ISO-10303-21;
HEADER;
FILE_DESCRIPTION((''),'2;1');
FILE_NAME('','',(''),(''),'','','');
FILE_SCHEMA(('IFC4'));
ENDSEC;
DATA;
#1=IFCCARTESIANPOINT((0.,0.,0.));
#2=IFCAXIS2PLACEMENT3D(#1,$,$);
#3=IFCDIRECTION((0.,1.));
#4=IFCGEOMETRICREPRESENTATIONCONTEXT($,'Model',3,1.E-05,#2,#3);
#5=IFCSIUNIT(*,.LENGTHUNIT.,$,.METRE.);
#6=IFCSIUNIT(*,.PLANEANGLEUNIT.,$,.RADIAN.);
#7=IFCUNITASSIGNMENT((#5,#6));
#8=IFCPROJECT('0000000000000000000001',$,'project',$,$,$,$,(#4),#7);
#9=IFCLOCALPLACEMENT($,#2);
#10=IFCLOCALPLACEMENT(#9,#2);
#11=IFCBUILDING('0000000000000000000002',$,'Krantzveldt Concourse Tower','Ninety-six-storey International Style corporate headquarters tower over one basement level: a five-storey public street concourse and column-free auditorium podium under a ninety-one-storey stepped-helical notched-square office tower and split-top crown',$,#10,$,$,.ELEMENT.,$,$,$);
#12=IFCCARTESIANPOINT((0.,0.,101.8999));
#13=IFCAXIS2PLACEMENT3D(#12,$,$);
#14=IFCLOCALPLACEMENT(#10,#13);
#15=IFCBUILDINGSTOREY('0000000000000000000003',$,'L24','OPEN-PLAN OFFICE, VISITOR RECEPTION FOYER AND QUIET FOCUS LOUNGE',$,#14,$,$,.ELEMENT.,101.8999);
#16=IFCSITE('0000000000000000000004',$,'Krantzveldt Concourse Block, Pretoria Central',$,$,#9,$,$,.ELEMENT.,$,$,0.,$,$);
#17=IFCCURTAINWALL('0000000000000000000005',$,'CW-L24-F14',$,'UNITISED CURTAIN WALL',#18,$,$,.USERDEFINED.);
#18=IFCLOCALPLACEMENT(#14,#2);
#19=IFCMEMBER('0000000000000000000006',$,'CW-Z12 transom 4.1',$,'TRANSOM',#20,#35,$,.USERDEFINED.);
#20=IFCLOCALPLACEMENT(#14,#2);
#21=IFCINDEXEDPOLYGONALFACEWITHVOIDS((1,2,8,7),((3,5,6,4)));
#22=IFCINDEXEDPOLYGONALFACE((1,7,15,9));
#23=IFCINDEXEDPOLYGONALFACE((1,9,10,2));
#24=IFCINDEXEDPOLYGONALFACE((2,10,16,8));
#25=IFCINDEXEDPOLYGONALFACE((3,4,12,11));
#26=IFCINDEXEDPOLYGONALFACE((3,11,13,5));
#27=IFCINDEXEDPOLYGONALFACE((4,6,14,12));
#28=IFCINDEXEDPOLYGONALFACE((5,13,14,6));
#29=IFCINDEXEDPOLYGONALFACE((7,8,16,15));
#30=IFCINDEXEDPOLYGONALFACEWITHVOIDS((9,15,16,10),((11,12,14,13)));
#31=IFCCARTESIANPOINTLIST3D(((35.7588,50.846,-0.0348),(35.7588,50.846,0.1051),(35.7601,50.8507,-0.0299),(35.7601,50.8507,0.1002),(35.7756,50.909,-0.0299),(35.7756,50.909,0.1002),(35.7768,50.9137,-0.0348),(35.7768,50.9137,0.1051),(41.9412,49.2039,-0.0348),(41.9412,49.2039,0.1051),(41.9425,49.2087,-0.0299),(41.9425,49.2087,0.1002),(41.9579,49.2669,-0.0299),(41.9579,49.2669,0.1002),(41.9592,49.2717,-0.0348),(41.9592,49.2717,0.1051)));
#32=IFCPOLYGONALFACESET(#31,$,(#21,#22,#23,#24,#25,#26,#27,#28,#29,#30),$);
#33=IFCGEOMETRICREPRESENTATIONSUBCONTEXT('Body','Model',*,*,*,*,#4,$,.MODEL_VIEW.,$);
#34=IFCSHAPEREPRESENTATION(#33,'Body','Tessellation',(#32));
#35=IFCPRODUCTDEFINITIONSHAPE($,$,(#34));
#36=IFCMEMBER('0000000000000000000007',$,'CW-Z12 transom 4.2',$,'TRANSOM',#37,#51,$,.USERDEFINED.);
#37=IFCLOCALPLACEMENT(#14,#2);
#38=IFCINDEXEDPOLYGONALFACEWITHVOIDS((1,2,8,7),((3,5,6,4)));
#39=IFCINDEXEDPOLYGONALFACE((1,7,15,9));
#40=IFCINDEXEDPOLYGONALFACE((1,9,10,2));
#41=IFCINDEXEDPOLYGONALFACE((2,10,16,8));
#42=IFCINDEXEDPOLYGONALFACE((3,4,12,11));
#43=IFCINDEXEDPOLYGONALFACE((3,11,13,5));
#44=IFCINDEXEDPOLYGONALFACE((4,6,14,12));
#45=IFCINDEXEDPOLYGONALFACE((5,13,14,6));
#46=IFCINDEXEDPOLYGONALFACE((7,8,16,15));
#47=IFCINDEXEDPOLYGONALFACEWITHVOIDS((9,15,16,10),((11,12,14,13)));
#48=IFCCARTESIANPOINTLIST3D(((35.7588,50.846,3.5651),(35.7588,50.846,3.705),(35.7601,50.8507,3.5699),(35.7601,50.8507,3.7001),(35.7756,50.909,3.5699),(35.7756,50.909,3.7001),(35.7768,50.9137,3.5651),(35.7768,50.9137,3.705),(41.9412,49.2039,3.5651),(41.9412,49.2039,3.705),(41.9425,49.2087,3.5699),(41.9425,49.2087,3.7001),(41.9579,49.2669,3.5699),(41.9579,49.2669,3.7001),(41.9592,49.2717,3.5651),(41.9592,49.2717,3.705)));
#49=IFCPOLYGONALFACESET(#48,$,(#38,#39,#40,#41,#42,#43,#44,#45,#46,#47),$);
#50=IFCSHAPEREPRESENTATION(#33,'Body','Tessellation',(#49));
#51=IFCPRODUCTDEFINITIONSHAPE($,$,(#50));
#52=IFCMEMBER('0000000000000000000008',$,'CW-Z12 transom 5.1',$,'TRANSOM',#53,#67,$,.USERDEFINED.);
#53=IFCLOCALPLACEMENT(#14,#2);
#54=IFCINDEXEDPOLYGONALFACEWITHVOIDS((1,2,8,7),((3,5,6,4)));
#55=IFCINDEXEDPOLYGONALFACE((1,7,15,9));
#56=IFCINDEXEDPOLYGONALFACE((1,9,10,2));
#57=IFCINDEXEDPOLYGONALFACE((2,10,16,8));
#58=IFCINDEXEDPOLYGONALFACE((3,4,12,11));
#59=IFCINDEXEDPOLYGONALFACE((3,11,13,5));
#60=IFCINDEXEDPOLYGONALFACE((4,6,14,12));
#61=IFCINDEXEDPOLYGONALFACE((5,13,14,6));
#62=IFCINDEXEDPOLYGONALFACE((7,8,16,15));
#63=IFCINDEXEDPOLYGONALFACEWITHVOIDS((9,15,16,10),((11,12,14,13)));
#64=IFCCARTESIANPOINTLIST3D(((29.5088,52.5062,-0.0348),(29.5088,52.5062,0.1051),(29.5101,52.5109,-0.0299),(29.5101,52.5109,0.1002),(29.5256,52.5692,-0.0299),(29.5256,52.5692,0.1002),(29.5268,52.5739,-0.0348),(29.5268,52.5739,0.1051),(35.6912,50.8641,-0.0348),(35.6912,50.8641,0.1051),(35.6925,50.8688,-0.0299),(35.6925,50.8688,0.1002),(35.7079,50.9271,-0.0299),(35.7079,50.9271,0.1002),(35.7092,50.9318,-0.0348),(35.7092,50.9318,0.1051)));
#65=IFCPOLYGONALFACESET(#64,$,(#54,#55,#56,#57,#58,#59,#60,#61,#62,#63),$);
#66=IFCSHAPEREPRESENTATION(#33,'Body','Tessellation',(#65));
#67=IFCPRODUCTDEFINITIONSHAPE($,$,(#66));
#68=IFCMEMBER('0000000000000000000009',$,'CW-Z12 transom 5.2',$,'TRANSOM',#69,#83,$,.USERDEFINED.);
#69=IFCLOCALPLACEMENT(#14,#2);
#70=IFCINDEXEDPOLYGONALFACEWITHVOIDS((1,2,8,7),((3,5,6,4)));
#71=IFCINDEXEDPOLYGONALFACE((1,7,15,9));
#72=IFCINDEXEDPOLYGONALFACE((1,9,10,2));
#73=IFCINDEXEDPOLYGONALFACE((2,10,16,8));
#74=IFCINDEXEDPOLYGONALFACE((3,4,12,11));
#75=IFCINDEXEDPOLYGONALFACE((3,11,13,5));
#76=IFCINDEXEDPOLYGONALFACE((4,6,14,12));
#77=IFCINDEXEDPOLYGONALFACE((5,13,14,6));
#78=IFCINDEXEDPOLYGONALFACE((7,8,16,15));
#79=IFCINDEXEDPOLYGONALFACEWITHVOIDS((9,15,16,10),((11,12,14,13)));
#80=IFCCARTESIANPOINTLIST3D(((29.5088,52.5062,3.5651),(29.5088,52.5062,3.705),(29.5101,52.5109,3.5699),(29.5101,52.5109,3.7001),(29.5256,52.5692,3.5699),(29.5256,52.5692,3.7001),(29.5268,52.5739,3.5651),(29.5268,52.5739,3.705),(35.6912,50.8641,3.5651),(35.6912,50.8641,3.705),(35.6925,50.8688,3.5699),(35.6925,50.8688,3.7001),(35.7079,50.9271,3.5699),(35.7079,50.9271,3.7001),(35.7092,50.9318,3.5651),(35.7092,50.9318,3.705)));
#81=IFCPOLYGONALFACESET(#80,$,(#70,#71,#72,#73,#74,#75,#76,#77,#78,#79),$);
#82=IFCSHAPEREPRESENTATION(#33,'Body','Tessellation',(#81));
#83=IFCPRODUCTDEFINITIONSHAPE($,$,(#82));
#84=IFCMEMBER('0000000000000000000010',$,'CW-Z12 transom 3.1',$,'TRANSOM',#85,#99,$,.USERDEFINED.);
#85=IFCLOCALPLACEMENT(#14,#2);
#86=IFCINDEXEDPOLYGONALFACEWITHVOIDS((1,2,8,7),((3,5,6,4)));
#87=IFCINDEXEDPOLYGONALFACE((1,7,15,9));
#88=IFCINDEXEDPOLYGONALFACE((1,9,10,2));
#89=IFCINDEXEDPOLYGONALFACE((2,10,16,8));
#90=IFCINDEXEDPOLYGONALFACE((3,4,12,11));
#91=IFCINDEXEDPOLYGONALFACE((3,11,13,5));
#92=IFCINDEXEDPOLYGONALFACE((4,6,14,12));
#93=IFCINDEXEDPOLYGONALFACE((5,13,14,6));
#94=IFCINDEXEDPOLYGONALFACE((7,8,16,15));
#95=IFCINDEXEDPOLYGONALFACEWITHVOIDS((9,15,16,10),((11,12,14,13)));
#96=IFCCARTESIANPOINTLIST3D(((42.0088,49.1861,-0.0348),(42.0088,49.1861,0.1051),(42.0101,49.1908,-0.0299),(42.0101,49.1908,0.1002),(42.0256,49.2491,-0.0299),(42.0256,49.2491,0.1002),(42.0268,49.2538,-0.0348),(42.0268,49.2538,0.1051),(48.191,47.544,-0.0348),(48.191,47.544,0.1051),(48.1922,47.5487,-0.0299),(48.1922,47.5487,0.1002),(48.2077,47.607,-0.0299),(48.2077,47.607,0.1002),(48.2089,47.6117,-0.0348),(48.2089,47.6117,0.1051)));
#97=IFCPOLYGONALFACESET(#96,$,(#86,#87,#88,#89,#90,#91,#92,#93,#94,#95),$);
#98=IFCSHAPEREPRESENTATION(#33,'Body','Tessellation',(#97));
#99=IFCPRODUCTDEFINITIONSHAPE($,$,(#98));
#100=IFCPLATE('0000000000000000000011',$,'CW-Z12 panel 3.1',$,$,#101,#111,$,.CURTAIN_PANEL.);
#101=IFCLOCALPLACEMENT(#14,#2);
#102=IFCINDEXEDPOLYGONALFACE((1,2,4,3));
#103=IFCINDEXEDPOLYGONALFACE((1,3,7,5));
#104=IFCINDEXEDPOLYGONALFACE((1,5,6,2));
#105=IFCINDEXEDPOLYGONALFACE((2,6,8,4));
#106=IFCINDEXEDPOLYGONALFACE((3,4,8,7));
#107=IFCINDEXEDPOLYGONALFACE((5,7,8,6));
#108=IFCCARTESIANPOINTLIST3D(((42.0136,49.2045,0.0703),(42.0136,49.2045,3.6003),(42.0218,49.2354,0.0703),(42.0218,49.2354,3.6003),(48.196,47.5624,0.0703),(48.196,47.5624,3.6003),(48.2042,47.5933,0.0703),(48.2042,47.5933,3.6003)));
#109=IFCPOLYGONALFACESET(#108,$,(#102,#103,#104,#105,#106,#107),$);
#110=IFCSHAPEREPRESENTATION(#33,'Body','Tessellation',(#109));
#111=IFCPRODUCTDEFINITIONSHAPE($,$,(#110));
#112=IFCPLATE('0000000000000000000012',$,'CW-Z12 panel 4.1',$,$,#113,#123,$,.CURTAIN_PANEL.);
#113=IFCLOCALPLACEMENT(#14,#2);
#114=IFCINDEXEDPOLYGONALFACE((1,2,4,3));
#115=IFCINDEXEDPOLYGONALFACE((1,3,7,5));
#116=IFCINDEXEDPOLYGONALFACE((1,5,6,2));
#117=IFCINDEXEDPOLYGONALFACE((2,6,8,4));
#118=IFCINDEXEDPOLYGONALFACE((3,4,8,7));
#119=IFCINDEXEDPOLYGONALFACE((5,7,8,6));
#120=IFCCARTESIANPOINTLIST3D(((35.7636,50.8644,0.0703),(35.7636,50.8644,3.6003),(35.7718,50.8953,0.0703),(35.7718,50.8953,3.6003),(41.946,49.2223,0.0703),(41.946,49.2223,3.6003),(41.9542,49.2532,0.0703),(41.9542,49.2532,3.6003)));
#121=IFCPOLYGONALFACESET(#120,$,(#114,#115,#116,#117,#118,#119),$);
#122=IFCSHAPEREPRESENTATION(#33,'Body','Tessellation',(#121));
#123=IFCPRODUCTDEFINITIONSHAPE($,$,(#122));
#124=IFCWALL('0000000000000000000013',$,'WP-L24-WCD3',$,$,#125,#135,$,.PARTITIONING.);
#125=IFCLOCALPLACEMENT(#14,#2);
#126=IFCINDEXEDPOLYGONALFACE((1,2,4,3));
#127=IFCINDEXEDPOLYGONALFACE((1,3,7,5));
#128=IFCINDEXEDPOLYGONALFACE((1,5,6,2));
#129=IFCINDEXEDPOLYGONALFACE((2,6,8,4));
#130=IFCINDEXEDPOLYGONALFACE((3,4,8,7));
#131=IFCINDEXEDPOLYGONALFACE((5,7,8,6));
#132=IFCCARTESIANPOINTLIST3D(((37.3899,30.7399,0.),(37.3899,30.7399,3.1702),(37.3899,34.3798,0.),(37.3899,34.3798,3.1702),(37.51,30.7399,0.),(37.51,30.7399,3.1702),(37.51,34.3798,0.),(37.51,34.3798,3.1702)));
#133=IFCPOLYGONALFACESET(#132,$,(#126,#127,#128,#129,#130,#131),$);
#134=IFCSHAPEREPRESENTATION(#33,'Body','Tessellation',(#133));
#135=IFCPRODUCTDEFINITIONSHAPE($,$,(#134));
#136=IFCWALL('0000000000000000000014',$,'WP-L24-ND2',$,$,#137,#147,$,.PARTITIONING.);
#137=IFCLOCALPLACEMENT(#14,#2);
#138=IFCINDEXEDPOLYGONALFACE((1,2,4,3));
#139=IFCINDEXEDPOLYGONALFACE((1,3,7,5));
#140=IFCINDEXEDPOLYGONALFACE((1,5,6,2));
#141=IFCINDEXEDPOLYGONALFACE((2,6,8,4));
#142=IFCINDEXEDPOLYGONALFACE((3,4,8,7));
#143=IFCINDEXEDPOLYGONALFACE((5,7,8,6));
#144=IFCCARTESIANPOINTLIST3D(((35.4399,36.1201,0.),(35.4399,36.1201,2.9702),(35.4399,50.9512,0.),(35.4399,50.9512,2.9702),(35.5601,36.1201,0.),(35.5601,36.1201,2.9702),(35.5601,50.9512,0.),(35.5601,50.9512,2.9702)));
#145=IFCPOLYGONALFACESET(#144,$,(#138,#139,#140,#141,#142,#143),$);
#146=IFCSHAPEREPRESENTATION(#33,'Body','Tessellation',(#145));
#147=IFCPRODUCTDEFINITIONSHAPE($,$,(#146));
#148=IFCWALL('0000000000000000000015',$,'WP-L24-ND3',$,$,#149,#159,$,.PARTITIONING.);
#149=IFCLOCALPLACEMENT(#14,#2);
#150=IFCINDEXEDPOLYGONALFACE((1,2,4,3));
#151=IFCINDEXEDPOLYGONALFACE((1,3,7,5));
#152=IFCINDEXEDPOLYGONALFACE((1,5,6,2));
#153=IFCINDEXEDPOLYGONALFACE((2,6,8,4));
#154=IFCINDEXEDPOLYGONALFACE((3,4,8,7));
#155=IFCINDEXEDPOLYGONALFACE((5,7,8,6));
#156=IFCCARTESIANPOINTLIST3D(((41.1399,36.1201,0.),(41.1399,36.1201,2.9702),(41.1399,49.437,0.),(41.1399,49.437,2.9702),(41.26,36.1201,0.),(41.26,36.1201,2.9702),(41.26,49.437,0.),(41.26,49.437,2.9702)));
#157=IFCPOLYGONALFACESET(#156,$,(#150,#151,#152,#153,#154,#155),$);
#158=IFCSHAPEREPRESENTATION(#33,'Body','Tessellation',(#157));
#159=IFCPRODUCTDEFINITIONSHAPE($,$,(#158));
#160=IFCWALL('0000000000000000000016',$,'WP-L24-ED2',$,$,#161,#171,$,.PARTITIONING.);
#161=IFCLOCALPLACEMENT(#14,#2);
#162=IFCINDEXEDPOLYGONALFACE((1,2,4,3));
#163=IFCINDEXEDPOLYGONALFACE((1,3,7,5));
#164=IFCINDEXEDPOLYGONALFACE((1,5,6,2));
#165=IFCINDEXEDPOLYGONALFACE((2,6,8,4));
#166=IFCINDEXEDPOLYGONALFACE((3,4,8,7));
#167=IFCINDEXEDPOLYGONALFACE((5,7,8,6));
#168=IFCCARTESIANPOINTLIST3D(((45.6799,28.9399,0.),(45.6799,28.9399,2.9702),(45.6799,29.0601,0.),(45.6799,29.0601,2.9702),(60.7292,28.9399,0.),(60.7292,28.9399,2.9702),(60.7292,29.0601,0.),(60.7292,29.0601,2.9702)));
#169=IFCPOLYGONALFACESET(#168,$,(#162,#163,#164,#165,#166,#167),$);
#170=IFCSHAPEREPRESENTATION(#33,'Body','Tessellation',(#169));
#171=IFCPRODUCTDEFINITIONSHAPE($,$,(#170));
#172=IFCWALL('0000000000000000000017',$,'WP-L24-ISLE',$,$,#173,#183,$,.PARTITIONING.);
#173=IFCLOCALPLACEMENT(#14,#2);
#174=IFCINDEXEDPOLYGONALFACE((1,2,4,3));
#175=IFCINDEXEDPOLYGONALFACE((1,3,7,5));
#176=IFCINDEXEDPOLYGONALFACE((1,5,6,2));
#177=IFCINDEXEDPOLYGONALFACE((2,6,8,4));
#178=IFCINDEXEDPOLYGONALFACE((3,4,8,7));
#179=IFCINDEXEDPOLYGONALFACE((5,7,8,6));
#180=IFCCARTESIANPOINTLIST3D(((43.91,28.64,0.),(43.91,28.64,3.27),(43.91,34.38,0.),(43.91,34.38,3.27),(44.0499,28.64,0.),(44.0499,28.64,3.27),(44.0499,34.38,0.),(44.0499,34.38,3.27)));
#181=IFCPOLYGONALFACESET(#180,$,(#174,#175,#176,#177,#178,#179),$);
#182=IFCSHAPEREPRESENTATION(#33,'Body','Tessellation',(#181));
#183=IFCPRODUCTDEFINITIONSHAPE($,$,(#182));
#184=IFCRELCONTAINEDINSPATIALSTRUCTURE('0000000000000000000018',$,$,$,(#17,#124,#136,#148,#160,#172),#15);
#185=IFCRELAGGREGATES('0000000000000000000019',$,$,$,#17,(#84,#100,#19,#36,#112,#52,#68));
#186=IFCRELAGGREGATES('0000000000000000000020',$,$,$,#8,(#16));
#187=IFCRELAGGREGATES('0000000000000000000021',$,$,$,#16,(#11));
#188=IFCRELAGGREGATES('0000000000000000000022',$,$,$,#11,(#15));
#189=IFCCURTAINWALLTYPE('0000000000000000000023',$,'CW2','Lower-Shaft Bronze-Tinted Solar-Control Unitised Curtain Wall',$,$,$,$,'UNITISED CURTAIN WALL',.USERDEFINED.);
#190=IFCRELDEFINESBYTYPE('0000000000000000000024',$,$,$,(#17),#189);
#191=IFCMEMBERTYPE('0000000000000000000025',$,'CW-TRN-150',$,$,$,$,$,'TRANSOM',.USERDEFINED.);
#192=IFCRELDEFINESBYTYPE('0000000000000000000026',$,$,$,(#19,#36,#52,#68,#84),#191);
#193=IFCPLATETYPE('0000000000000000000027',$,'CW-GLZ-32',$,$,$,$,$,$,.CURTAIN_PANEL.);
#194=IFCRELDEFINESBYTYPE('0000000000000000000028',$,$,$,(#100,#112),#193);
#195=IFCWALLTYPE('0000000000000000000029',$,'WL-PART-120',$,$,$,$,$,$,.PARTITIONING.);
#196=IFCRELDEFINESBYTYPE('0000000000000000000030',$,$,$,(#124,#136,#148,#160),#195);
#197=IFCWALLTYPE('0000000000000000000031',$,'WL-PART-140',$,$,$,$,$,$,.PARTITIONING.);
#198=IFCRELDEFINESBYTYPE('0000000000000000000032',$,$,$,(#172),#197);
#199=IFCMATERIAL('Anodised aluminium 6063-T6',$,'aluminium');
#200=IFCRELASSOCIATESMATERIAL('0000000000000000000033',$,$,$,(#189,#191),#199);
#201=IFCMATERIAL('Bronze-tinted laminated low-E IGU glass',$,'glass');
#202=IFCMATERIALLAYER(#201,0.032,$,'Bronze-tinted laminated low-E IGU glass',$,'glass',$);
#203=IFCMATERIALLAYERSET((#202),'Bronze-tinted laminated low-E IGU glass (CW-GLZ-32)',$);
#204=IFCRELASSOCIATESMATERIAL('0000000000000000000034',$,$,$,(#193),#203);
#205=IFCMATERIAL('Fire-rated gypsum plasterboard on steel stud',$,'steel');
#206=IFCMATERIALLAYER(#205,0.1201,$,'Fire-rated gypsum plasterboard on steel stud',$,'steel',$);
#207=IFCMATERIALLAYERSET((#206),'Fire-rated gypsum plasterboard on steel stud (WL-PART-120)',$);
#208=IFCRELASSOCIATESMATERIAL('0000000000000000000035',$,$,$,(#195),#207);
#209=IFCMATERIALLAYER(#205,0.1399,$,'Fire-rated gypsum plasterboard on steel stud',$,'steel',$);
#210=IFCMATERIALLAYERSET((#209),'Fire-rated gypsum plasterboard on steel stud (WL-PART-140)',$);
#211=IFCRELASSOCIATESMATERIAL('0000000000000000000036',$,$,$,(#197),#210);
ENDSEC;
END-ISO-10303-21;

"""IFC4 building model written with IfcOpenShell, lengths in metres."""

from ifc_helpers import new_model, si_unit, direction, frame, frame_2d, origin, origin_2d, place, context, subcontext, project, spatial, rectangle, hollow_rectangle, extrude, source, transform, mapped, material, layer, layer_set, material_profile, profile_set, type_object, type_shapes, element, aggregate, save


model = new_model("IFC4")

# Units and contexts
model_context = context("Model", 3, precision=1e-05, world=origin(), true_north=direction((0.0, 1.0)))
body_context = subcontext(model_context, "Body", "Model", "MODEL_VIEW")
ifc_project = project(units=[si_unit("LENGTHUNIT", "METRE"), si_unit("PLANEANGLEUNIT", "RADIAN")], contexts=[model_context])

# Site, building, storey
site_placement = place(None, origin())
site = spatial("IfcSite", under=ifc_project, at=site_placement, Name="Krantzveldt Concourse Block, Pretoria Central", CompositionType="ELEMENT", RefElevation=0.0)
building_placement = place(site_placement, origin())
building = spatial("IfcBuilding", under=site, at=building_placement, Name="Krantzveldt Concourse Tower", Description="Ninety-six-storey International Style corporate headquarters tower over one basement level: a five-storey public street concourse and column-free auditorium podium under a ninety-one-storey stepped-helical notched-square office tower and split-top crown", CompositionType="ELEMENT")
storey_placement = place(building_placement, frame((0.0, 0.0, 101.8999)))
storey = spatial("IfcBuildingStorey", under=building, at=storey_placement, Name="L24", Description="OPEN-PLAN OFFICE, VISITOR RECEPTION FOYER AND QUIET FOCUS LOUNGE", CompositionType="ELEMENT", Elevation=101.8999)

# Curtain wall, members, plates
ifc_material_1 = material(Name="Anodised aluminium 6063-T6", Category="aluminium")
curtain_wall_type = type_object("IfcCurtainWallType", Name="CW2", Description="Lower-Shaft Bronze-Tinted Solar-Control Unitised Curtain Wall", ElementType="UNITISED CURTAIN WALL", PredefinedType="USERDEFINED", material=ifc_material_1)
curtain_wall_placement = place(storey_placement, origin())
curtain_wall = element("IfcCurtainWall", 1, at=curtain_wall_placement, inside=storey, type_object=curtain_wall_type, Name="CW-L24-F14", ObjectType="UNITISED CURTAIN WALL", PredefinedType="USERDEFINED")
ifc_material_profile_1 = material_profile(ifc_material_1, hollow_rectangle(XDim=0.0701, YDim=0.1399, WallThickness=0.0049, at=origin_2d()), Name="Anodised aluminium 6063-T6", Category="aluminium")
ifc_profile_set_1 = profile_set([ifc_material_profile_1], Name="Anodised aluminium 6063-T6 - ALU-TRAN 140x70x5")
member_type_1 = type_object("IfcMemberType", Name="CW-TRN-150", ElementType="TRANSOM", PredefinedType="USERDEFINED", material=ifc_profile_set_1)
shared_shape_1 = source(origin(), body_context, "Body", "SweptSolid", [
    extrude(hollow_rectangle(XDim=0.0701, YDim=0.1399, WallThickness=0.0049, at=origin_2d()), origin(), (0.0, 0.0, 1.0), 6.3967),
])
member_1_placement = place(storey_placement, frame((41.9502, 49.2378, 0.0352), z_axis=(-0.966489, 0.256708, 0.0), x_axis=(-0.256708, -0.966489, 0.0)))
member_1 = element("IfcMember", 2, at=member_1_placement, type_object=member_type_1, Name="CW-Z12 transom 4.1", ObjectType="TRANSOM", PredefinedType="USERDEFINED", context=body_context, shape_type="MappedRepresentation", body=[
    mapped(shared_shape_1, transform((0.0, 0.0, 0.0), x_axis=(1.0, 0.0, 0.0), y_axis=(0.0, 1.0, 0.0), z_axis=(0.0, 0.0, 1.0), scale=1.0)),
])
member_2_placement = place(storey_placement, frame((41.9502, 49.2378, 3.635), z_axis=(-0.966489, 0.256708, 0.0), x_axis=(-0.256708, -0.966489, 0.0)))
member_2 = element("IfcMember", 3, at=member_2_placement, type_object=member_type_1, Name="CW-Z12 transom 4.2", ObjectType="TRANSOM", PredefinedType="USERDEFINED", context=body_context, shape_type="MappedRepresentation", body=[
    mapped(shared_shape_1, transform((0.0, 0.0, 0.0), x_axis=(1.0, 0.0, 0.0), y_axis=(0.0, 1.0, 0.0), z_axis=(0.0, 0.0, 1.0), scale=1.0)),
])
member_3_placement = place(storey_placement, frame((35.7002, 50.8979, 0.0352), z_axis=(-0.966489, 0.256708, 0.0), x_axis=(-0.256708, -0.966489, 0.0)))
member_3 = element("IfcMember", 4, at=member_3_placement, type_object=member_type_1, Name="CW-Z12 transom 5.1", ObjectType="TRANSOM", PredefinedType="USERDEFINED", context=body_context, shape_type="MappedRepresentation", body=[
    mapped(shared_shape_1, transform((0.0, 0.0, 0.0), x_axis=(1.0, 0.0, 0.0), y_axis=(0.0, 1.0, 0.0), z_axis=(0.0, 0.0, 1.0), scale=1.0)),
])
member_4_placement = place(storey_placement, frame((35.7002, 50.8979, 3.635), z_axis=(-0.966489, 0.256708, 0.0), x_axis=(-0.256708, -0.966489, 0.0)))
member_4 = element("IfcMember", 5, at=member_4_placement, type_object=member_type_1, Name="CW-Z12 transom 5.2", ObjectType="TRANSOM", PredefinedType="USERDEFINED", context=body_context, shape_type="MappedRepresentation", body=[
    mapped(shared_shape_1, transform((0.0, 0.0, 0.0), x_axis=(1.0, 0.0, 0.0), y_axis=(0.0, 1.0, 0.0), z_axis=(0.0, 0.0, 1.0), scale=1.0)),
])
shared_shape_2 = source(origin(), body_context, "Body", "SweptSolid", [
    extrude(hollow_rectangle(XDim=0.0701, YDim=0.1399, WallThickness=0.0049, at=origin_2d()), origin(), (0.0, 0.0, 1.0), 6.3965),
])
type_shapes(member_type_1, [shared_shape_1, shared_shape_2])
member_5_placement = place(storey_placement, frame((48.2, 47.5779, 0.0352), z_axis=(-0.966487, 0.256717, 0.0), x_axis=(-0.256717, -0.966487, 0.0)))
member_5 = element("IfcMember", 6, at=member_5_placement, type_object=member_type_1, Name="CW-Z12 transom 3.1", ObjectType="TRANSOM", PredefinedType="USERDEFINED", context=body_context, shape_type="MappedRepresentation", body=[
    mapped(shared_shape_2, transform((0.0, 0.0, 0.0), x_axis=(1.0, 0.0, 0.0), y_axis=(0.0, 1.0, 0.0), z_axis=(0.0, 0.0, 1.0), scale=1.0)),
])
ifc_material_2 = material(Name="Bronze-tinted laminated low-E IGU glass", Category="glass")
ifc_layer_1 = layer(ifc_material_2, 0.032, Name="Bronze-tinted laminated low-E IGU glass", Category="glass")
ifc_layer_set_1 = layer_set([ifc_layer_1], Name="Bronze-tinted laminated low-E IGU glass (CW-GLZ-32)")
plate_type = type_object("IfcPlateType", Name="CW-GLZ-32", PredefinedType="CURTAIN_PANEL", material=ifc_layer_set_1)
shared_shape_3 = source(origin(), body_context, "Body", "SweptSolid", [
    extrude(rectangle(XDim=6.3967, YDim=0.032, at=origin_2d()), origin(), (0.0, 0.0, 1.0), 3.53),
])
type_shapes(plate_type, [shared_shape_3])
plate_1_placement = place(storey_placement, frame((45.1089, 48.3989, 0.0703), z_axis=(0.0, 0.0, 1.0), x_axis=(-0.966488, 0.256711, 0.0)))
plate_1 = element("IfcPlate", 7, at=plate_1_placement, type_object=plate_type, Name="CW-Z12 panel 3.1", PredefinedType="CURTAIN_PANEL", context=body_context, shape_type="MappedRepresentation", body=[
    mapped(shared_shape_3, transform((0.0, 0.0, 0.0), x_axis=(1.0, 0.0, 0.0), y_axis=(0.0, 1.0, 0.0), z_axis=(0.0, 0.0, 1.0), scale=1.0)),
])
plate_2_placement = place(storey_placement, frame((38.8589, 50.0588, 0.0703), z_axis=(0.0, 0.0, 1.0), x_axis=(-0.966488, 0.256711, 0.0)))
plate_2 = element("IfcPlate", 8, at=plate_2_placement, type_object=plate_type, Name="CW-Z12 panel 4.1", PredefinedType="CURTAIN_PANEL", context=body_context, shape_type="MappedRepresentation", body=[
    mapped(shared_shape_3, transform((0.0, 0.0, 0.0), x_axis=(1.0, 0.0, 0.0), y_axis=(0.0, 1.0, 0.0), z_axis=(0.0, 0.0, 1.0), scale=1.0)),
])
aggregate(curtain_wall, [member_5, plate_1, member_1, member_2, plate_2, member_3, member_4])

# Walls
ifc_material_3 = material(Name="Fire-rated gypsum plasterboard on steel stud", Category="steel")
ifc_layer_2 = layer(ifc_material_3, 0.1201, Name="Fire-rated gypsum plasterboard on steel stud", Category="steel")
ifc_layer_set_2 = layer_set([ifc_layer_2], Name="Fire-rated gypsum plasterboard on steel stud (WL-PART-120)")
wall_type_1 = type_object("IfcWallType", Name="WL-PART-120", PredefinedType="PARTITIONING", material=ifc_layer_set_2)
wall_1_placement = place(storey_placement, frame((37.45, 30.74, 0.0), z_axis=(0.0, 0.0, 1.0), x_axis=(0.0, 1.0, 0.0)))
element("IfcWall", 9, at=wall_1_placement, inside=storey, type_object=wall_type_1, Name="WP-L24-WCD3", PredefinedType="PARTITIONING", context=body_context, shape_type="SweptSolid", body=[
    extrude(rectangle(XDim=3.6399, YDim=0.1201, at=frame_2d((1.8198, 0.0))), origin(), (0.0, 0.0, 1.0), 3.1702),
])
wall_2_placement = place(storey_placement, frame((35.5, 36.1201, 0.0), z_axis=(0.0, 0.0, 1.0), x_axis=(0.0, 1.0, 0.0)))
element("IfcWall", 10, at=wall_2_placement, inside=storey, type_object=wall_type_1, Name="WP-L24-ND2", PredefinedType="PARTITIONING", context=body_context, shape_type="SweptSolid", body=[
    extrude(rectangle(XDim=14.8311, YDim=0.1201, at=frame_2d((7.4155, 0.0))), origin(), (0.0, 0.0, 1.0), 2.9702),
])
wall_3_placement = place(storey_placement, frame((41.2, 36.1201, 0.0), z_axis=(0.0, 0.0, 1.0), x_axis=(0.0, 1.0, 0.0)))
element("IfcWall", 11, at=wall_3_placement, inside=storey, type_object=wall_type_1, Name="WP-L24-ND3", PredefinedType="PARTITIONING", context=body_context, shape_type="SweptSolid", body=[
    extrude(rectangle(XDim=13.3169, YDim=0.1201, at=frame_2d((6.6584, 0.0))), origin(), (0.0, 0.0, 1.0), 2.9702),
])
wall_4_placement = place(storey_placement, frame((45.6799, 29.0, 0.0), z_axis=(0.0, 0.0, 1.0), x_axis=(1.0, 0.0, 0.0)))
element("IfcWall", 12, at=wall_4_placement, inside=storey, type_object=wall_type_1, Name="WP-L24-ED2", PredefinedType="PARTITIONING", context=body_context, shape_type="SweptSolid", body=[
    extrude(rectangle(XDim=15.0493, YDim=0.1201, at=frame_2d((7.5247, 0.0))), origin(), (0.0, 0.0, 1.0), 2.9702),
])
ifc_layer_3 = layer(ifc_material_3, 0.1399, Name="Fire-rated gypsum plasterboard on steel stud", Category="steel")
ifc_layer_set_3 = layer_set([ifc_layer_3], Name="Fire-rated gypsum plasterboard on steel stud (WL-PART-140)")
wall_type_2 = type_object("IfcWallType", Name="WL-PART-140", PredefinedType="PARTITIONING", material=ifc_layer_set_3)
wall_5_placement = place(storey_placement, frame((43.98, 28.6399, 0.0), z_axis=(0.0, 0.0, 1.0), x_axis=(0.0, 1.0, 0.0)))
element("IfcWall", 13, at=wall_5_placement, inside=storey, type_object=wall_type_2, Name="WP-L24-ISLE", PredefinedType="PARTITIONING", context=body_context, shape_type="SweptSolid", body=[
    extrude(rectangle(XDim=5.74, YDim=0.1399, at=frame_2d((2.8701, 0.0))), origin(), (0.0, 0.0, 1.0), 3.27),
])

save(model, "model.ifc")
